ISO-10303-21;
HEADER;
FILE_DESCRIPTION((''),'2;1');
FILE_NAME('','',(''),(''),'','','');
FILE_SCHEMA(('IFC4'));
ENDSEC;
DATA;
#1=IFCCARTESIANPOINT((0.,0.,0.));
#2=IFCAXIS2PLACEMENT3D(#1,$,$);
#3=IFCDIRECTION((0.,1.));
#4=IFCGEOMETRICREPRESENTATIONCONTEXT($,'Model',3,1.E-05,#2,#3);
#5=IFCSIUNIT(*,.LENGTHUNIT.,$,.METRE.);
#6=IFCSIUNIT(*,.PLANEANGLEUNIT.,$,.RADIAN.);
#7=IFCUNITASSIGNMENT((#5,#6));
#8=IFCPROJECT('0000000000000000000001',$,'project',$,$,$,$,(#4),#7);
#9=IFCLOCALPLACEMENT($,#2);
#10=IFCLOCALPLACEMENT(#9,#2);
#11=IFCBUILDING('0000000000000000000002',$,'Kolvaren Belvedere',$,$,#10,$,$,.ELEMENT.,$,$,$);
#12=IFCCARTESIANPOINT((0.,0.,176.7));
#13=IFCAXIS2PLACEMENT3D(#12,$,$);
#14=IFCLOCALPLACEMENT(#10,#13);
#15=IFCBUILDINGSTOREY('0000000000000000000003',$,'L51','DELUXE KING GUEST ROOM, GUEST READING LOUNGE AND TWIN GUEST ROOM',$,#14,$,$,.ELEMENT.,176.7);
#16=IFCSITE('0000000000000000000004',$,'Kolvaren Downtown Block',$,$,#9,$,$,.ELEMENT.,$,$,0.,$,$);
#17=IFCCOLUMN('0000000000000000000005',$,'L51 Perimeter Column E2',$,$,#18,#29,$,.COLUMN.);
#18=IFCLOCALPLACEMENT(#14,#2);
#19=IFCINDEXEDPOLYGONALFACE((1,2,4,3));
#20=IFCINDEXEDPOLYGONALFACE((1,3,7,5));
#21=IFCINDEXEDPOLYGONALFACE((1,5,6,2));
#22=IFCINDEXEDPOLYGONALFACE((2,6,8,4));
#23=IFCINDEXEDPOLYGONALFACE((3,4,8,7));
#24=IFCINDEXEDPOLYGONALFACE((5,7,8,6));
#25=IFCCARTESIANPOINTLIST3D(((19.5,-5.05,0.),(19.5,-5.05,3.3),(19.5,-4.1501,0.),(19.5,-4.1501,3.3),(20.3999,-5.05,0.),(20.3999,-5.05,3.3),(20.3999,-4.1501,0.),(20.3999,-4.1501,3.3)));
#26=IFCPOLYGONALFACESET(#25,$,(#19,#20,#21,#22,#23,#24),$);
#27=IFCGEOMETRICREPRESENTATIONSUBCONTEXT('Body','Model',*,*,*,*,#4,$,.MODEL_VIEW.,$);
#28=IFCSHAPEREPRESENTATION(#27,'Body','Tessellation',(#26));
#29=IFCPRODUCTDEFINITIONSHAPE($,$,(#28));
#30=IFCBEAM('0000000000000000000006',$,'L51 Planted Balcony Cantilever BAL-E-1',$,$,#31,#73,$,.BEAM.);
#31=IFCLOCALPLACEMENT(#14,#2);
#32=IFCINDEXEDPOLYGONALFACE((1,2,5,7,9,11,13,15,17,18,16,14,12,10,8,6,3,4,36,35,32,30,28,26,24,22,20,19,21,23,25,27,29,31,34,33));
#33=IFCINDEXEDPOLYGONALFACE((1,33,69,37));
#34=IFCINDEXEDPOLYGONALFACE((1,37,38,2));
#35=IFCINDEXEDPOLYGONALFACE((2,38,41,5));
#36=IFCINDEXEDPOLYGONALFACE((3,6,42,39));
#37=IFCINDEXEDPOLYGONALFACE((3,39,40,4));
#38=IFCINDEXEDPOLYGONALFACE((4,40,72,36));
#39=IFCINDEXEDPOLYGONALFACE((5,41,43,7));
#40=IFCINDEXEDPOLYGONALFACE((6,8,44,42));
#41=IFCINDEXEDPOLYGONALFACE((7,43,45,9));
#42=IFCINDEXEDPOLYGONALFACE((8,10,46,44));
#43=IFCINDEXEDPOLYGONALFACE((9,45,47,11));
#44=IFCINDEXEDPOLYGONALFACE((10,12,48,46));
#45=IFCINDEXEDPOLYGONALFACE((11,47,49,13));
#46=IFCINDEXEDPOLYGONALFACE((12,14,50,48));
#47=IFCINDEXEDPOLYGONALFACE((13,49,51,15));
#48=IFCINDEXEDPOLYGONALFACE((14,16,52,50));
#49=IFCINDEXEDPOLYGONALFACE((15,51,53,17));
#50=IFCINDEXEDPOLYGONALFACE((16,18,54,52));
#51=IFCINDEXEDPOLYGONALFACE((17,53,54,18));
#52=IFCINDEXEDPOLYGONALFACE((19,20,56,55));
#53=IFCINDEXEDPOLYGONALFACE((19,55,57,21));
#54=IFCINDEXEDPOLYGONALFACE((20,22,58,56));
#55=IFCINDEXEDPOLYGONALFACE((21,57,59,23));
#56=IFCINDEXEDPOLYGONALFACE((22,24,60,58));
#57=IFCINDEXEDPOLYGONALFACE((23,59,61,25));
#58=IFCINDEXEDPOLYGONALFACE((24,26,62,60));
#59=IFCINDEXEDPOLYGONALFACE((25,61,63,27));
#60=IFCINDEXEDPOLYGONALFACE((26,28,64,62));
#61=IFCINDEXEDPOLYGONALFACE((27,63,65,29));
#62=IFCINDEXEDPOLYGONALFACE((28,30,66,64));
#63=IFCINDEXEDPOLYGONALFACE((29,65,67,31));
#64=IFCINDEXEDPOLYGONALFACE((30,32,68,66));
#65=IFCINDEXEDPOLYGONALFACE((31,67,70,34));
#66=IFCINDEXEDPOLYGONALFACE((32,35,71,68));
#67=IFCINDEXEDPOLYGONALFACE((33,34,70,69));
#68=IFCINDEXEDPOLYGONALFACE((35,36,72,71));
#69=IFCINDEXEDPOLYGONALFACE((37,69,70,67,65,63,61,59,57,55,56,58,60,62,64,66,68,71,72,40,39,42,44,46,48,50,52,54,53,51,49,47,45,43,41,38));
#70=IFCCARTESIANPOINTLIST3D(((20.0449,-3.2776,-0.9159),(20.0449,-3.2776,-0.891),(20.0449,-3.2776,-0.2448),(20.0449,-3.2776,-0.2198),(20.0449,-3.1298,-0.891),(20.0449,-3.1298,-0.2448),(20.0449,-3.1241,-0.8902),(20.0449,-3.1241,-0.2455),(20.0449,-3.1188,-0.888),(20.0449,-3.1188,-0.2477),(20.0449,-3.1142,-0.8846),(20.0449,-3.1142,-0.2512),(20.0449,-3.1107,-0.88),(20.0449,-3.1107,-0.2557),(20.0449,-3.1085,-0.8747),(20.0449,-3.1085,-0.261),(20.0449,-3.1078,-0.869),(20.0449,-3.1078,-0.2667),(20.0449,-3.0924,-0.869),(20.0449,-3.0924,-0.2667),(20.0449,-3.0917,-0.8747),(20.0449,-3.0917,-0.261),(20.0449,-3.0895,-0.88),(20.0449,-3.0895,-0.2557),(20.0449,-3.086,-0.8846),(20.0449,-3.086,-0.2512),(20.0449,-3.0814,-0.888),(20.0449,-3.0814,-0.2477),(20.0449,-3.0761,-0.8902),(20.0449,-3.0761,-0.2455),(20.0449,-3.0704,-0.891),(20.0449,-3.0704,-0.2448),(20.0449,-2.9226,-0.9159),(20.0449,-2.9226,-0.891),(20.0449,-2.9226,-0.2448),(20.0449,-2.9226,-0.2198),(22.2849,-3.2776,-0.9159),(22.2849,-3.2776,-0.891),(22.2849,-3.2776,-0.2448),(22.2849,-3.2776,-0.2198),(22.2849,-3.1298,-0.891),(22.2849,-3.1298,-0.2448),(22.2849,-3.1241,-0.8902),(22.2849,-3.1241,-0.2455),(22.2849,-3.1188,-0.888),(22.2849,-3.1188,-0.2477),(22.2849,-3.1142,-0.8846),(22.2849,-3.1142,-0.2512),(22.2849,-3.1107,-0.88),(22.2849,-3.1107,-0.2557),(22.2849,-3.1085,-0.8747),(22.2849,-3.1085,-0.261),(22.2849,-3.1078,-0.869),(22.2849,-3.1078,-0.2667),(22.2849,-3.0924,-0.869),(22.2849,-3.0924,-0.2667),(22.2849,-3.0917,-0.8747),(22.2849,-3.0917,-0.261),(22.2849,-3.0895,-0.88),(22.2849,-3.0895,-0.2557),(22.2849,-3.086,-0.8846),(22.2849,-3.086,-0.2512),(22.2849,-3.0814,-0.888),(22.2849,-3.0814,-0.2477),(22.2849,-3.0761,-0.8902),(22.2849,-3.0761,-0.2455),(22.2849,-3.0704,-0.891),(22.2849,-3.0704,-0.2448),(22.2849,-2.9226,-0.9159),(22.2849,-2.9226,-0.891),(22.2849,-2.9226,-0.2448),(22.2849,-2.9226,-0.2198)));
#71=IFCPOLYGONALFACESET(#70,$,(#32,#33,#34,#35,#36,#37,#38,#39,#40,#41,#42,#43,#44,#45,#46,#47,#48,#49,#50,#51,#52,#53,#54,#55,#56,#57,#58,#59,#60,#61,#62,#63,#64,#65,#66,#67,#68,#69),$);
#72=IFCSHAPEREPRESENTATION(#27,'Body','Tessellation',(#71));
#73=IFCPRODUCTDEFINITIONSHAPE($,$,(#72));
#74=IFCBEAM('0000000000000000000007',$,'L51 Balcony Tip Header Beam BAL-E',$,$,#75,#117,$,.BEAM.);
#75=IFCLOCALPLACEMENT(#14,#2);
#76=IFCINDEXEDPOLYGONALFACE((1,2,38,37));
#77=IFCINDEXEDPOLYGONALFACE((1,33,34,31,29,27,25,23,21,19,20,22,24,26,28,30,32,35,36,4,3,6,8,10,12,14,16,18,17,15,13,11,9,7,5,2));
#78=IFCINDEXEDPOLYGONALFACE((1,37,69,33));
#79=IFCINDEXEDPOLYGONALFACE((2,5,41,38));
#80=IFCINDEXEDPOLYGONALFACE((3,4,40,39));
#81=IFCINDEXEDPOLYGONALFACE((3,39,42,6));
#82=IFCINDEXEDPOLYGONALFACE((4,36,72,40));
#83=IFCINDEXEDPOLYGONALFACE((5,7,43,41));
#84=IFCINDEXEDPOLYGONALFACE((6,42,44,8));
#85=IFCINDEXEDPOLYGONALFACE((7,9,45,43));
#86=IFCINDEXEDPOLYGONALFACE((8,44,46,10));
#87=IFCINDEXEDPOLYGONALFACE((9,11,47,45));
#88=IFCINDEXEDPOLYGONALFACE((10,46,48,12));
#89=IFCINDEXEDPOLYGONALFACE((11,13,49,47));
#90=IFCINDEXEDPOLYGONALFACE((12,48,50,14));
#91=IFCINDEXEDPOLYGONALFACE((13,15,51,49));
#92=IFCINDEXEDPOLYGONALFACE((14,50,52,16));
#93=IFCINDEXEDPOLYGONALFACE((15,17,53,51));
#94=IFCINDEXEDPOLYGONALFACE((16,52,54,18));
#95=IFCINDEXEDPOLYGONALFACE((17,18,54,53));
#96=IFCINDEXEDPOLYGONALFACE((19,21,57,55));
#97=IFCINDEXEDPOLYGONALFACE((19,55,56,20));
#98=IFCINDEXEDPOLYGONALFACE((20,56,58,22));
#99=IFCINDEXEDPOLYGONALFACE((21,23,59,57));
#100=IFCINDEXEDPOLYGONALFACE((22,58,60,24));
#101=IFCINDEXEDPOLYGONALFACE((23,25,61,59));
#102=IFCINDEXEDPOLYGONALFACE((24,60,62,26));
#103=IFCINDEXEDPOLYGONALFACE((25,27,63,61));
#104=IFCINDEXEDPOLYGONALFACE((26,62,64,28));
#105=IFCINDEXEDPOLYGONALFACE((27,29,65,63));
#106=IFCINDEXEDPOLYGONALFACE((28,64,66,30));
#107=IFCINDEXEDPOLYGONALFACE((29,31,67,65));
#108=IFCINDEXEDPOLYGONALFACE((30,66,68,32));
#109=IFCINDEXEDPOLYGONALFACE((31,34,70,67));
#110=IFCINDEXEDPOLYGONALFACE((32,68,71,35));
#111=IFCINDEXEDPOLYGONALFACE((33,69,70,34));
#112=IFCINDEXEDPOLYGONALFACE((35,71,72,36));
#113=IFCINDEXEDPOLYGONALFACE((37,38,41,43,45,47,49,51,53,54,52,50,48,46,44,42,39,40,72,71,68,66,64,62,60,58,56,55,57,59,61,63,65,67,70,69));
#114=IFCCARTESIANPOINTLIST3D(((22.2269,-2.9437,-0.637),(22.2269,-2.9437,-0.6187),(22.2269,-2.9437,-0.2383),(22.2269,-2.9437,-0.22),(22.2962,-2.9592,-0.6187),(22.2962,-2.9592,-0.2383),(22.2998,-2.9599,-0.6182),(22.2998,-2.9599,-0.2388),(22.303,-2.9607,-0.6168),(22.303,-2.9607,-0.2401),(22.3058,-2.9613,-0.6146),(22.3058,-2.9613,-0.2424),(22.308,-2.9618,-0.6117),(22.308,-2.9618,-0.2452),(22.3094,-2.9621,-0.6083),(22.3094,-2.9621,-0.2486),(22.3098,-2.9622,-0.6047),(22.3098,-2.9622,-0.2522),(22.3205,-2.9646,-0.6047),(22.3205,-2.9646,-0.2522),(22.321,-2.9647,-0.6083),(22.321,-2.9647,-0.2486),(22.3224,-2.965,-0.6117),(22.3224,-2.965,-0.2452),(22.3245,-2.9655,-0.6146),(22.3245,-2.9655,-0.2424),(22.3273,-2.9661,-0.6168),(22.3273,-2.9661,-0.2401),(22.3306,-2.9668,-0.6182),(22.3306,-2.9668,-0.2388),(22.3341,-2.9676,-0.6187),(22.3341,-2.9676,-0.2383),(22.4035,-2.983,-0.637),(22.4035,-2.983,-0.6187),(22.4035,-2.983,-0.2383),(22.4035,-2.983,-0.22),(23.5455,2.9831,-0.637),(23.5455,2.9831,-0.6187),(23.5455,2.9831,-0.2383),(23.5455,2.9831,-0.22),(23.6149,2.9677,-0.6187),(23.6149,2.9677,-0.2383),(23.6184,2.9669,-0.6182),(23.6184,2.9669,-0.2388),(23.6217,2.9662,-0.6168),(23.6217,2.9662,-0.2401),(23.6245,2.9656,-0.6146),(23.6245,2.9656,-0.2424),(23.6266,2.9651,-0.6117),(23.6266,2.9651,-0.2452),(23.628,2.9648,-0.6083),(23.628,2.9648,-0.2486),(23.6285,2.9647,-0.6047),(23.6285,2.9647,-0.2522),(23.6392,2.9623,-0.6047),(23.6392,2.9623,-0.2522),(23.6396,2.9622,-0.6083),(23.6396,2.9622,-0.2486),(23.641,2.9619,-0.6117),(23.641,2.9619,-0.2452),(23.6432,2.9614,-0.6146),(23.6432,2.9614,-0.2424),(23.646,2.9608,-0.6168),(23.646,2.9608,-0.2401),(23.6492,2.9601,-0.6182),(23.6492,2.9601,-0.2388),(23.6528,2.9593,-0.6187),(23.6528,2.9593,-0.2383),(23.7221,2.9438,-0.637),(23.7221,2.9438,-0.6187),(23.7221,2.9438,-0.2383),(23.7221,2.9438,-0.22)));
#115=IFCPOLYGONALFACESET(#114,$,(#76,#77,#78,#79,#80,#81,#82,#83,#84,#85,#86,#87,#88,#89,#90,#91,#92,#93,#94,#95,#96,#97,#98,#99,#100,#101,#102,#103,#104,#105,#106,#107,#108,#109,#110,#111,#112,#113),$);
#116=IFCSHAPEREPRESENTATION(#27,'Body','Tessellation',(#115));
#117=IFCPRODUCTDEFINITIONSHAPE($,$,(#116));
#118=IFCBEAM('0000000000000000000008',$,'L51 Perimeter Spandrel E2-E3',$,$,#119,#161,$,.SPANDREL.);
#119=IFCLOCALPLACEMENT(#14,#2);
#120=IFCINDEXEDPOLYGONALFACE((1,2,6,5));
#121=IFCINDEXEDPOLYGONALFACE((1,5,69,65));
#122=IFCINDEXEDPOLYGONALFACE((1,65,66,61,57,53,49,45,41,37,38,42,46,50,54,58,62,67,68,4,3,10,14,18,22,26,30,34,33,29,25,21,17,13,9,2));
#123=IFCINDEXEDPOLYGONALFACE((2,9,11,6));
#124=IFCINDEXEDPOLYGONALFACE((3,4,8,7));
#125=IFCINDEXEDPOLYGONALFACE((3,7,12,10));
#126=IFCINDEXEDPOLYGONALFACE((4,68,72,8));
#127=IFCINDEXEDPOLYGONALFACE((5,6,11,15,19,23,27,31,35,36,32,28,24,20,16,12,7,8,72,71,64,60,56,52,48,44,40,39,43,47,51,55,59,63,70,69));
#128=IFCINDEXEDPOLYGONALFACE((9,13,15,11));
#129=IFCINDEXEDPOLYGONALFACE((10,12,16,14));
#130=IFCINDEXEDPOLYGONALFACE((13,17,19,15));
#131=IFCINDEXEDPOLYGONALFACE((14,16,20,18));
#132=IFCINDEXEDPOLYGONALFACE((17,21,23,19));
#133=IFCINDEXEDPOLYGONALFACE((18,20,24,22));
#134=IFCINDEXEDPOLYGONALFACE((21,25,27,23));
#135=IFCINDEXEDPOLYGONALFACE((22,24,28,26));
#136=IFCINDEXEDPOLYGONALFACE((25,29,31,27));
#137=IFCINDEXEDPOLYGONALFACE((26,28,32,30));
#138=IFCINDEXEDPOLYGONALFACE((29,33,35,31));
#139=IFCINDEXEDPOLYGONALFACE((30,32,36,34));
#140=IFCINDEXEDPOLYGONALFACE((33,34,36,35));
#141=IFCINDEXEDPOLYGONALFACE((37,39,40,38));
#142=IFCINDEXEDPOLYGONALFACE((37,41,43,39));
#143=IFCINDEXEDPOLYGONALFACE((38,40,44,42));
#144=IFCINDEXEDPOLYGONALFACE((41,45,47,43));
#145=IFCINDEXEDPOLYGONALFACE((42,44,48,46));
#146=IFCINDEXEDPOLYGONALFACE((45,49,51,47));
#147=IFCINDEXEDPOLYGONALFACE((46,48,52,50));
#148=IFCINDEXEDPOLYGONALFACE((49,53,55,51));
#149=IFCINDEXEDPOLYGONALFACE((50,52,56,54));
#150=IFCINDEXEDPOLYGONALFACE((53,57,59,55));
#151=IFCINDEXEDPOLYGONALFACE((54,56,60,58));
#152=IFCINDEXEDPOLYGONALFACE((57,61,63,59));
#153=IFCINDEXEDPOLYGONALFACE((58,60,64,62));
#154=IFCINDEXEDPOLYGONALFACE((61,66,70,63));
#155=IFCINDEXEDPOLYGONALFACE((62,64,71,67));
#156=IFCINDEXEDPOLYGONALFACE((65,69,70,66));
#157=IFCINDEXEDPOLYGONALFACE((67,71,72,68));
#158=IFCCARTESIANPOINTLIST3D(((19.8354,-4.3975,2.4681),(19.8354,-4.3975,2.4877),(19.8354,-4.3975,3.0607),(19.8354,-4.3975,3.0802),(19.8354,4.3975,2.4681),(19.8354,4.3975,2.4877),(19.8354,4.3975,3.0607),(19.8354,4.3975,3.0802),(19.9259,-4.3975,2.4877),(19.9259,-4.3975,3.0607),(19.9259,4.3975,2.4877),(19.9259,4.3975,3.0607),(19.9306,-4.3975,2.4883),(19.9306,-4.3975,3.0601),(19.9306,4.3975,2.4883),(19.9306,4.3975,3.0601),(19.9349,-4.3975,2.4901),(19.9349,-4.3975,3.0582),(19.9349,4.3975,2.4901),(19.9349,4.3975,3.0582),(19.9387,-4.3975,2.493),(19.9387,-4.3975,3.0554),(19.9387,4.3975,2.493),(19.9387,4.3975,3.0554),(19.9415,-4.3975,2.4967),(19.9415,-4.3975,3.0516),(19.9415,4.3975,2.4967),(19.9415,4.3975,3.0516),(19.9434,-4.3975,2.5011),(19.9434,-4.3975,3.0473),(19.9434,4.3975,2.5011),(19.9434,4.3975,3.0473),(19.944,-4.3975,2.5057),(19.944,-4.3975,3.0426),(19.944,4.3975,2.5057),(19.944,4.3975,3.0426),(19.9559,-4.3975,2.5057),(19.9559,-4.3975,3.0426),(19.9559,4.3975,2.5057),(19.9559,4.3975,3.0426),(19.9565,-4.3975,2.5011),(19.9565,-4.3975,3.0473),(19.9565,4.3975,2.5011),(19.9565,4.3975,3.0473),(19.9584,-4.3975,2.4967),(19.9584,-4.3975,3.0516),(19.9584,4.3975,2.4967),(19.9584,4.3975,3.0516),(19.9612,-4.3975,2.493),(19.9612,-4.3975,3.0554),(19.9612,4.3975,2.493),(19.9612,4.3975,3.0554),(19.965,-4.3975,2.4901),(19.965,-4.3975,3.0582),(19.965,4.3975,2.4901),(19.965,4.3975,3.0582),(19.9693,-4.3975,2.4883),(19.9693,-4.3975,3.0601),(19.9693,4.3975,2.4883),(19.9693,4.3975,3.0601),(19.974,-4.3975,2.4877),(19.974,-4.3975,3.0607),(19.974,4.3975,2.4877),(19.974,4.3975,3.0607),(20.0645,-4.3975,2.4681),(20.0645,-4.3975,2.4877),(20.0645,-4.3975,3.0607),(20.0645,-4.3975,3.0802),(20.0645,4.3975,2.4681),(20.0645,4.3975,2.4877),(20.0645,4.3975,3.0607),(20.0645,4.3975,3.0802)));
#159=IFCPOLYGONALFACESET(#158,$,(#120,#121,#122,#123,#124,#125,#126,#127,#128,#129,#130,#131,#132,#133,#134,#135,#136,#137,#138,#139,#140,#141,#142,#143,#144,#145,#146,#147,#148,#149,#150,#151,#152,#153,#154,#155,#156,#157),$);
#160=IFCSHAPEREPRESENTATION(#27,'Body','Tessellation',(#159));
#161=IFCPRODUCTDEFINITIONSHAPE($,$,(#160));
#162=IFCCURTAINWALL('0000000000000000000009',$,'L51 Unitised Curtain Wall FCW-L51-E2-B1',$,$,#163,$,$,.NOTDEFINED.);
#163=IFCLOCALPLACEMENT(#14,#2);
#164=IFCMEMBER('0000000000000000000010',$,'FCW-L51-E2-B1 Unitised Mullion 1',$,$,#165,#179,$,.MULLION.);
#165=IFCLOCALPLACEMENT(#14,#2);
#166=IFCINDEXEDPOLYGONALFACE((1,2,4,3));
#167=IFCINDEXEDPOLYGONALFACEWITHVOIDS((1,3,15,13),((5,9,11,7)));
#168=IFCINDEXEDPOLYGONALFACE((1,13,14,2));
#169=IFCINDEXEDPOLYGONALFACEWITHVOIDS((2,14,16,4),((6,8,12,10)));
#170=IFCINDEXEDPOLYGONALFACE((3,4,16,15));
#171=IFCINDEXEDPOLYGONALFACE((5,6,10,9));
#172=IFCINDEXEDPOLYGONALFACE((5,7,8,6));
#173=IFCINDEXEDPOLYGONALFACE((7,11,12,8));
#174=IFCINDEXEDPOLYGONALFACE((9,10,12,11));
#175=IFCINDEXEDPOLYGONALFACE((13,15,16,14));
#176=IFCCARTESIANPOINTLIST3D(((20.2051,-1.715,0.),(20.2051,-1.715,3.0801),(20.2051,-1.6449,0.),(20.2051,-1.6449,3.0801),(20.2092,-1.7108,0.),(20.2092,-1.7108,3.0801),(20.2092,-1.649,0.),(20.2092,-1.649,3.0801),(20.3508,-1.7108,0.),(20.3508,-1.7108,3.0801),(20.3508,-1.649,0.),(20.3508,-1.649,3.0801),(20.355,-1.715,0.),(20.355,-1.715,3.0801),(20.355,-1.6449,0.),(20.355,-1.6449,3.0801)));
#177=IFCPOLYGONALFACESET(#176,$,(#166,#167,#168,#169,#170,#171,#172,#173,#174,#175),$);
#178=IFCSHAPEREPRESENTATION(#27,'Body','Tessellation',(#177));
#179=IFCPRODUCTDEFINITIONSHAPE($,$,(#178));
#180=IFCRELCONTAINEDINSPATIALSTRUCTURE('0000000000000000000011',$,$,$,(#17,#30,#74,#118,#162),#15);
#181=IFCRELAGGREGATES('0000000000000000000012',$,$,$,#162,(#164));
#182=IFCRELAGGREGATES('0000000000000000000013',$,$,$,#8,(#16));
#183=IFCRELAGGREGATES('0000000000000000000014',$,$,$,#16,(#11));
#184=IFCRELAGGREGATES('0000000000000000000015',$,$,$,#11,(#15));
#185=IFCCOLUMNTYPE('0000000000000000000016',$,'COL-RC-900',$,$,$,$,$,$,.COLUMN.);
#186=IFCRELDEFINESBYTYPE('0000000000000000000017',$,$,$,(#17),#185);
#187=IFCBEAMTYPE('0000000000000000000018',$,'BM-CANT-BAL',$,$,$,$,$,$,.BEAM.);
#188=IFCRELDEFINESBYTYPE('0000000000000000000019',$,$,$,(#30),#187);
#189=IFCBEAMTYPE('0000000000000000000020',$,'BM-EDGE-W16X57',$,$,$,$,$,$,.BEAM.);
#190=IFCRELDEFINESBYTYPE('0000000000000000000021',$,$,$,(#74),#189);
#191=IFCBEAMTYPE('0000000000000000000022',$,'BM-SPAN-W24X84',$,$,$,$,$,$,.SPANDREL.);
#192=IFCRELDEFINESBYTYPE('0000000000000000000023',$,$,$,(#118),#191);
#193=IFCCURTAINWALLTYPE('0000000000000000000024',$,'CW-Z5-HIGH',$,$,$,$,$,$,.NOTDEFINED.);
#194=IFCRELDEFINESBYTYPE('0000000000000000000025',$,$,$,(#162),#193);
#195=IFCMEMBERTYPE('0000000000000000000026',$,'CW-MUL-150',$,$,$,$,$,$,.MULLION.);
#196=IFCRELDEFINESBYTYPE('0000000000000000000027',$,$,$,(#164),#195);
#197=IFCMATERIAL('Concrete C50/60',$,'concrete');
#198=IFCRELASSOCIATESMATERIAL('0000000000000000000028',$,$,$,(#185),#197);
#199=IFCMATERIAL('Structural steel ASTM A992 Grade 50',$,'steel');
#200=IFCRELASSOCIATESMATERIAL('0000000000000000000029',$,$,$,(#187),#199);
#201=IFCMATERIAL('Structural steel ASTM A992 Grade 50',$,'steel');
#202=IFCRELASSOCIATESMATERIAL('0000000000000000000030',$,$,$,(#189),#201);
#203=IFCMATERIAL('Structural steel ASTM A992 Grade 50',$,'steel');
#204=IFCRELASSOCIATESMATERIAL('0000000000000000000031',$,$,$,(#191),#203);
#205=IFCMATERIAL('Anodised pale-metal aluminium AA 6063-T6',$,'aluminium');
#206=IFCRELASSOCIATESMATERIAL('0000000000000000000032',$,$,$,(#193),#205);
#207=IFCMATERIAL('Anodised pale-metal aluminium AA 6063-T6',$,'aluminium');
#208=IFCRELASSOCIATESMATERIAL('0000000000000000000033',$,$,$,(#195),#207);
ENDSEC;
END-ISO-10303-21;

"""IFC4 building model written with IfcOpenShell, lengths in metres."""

from ifc_helpers import new_model, si_unit, direction, frame, origin, origin_2d, place, context, subcontext, project, spatial, rectangle, hollow_rectangle, i_section, extrude, material, material_profile, profile_set, type_object, element, aggregate, save


model = new_model("IFC4")

# Units and contexts
model_context = context("Model", 3, precision=1e-05, world=origin(), true_north=direction((0.0, 1.0)))
body_context = subcontext(model_context, "Body", "Model", "MODEL_VIEW")
ifc_project = project(units=[si_unit("LENGTHUNIT", "METRE"), si_unit("PLANEANGLEUNIT", "RADIAN")], contexts=[model_context])

# Site, building, storey
site_placement = place(None, origin())
site = spatial("IfcSite", under=ifc_project, at=site_placement, Name="Kolvaren Downtown Block", CompositionType="ELEMENT", RefElevation=0.0)
building_placement = place(site_placement, origin())
building = spatial("IfcBuilding", under=site, at=building_placement, Name="Kolvaren Belvedere", CompositionType="ELEMENT")
storey_placement = place(building_placement, frame((0.0, 0.0, 176.7)))
storey = spatial("IfcBuildingStorey", under=building, at=storey_placement, Name="L51", Description="DELUXE KING GUEST ROOM, GUEST READING LOUNGE AND TWIN GUEST ROOM", CompositionType="ELEMENT", Elevation=176.7)

# Column
ifc_material_1 = material(Name="Concrete C50/60", Category="concrete")
ifc_material_profile_1 = material_profile(ifc_material_1, rectangle(XDim=0.8999, YDim=0.8999, at=origin_2d()), Name="RC 900X900")
ifc_profile_set_1 = profile_set([ifc_material_profile_1], Name="Concrete C50/60")
column_type = type_object("IfcColumnType", Name="COL-RC-900", PredefinedType="COLUMN", material=ifc_profile_set_1)
column_placement = place(storey_placement, frame((19.95, -4.6001, 0.0), z_axis=(0.0, 0.0, 1.0), x_axis=(1.0, 0.0, 0.0)))
element("IfcColumn", 1, at=column_placement, inside=storey, type_object=column_type, Name="L51 Perimeter Column E2", PredefinedType="COLUMN", context=body_context, shape_type="SweptSolid", body=[
    extrude(rectangle(XDim=0.8999, YDim=0.8999, at=origin_2d()), origin(), (0.0, 0.0, 1.0), 3.3),
])

# Beams
ifc_material_2 = material(Name="Structural steel ASTM A992 Grade 50", Category="steel")
ifc_material_profile_2 = material_profile(ifc_material_2, i_section(OverallWidth=0.355, OverallDepth=0.696, WebThickness=0.0154, FlangeThickness=0.0249, FilletRadius=0.022, at=origin_2d()), Name="W27X146")
ifc_profile_set_2 = profile_set([ifc_material_profile_2], Name="Structural steel ASTM A992 Grade 50")
beam_type_1 = type_object("IfcBeamType", Name="BM-CANT-BAL", PredefinedType="BEAM", material=ifc_profile_set_2)
beam_1_placement = place(storey_placement, frame((20.0449, -3.1001, -0.5679), z_axis=(1.0, 0.0, 0.0), x_axis=(0.0, 1.0, 0.0)))
element("IfcBeam", 2, at=beam_1_placement, inside=storey, type_object=beam_type_1, Name="L51 Planted Balcony Cantilever BAL-E-1", PredefinedType="BEAM", context=body_context, shape_type="SweptSolid", body=[
    extrude(i_section(OverallWidth=0.355, OverallDepth=0.696, WebThickness=0.0154, FlangeThickness=0.0249, FilletRadius=0.022, at=origin_2d()), origin(), (0.0, 0.0, 1.0), 2.24),
])
ifc_material_3 = material(Name="Structural steel ASTM A992 Grade 50", Category="steel")
ifc_material_profile_3 = material_profile(ifc_material_3, i_section(OverallWidth=0.1809, OverallDepth=0.417, WebThickness=0.011, FlangeThickness=0.0183, FilletRadius=0.0139, at=origin_2d()), Name="W16X57")
ifc_profile_set_3 = profile_set([ifc_material_profile_3], Name="Structural steel ASTM A992 Grade 50")
beam_type_2 = type_object("IfcBeamType", Name="BM-EDGE-W16X57", PredefinedType="BEAM", material=ifc_profile_set_3)
beam_2_placement = place(storey_placement, frame((22.3152, -2.9634, -0.4285), z_axis=(0.217173, 0.976133, 0.0), x_axis=(-0.976133, 0.217173, 0.0)))
element("IfcBeam", 3, at=beam_2_placement, inside=storey, type_object=beam_type_2, Name="L51 Balcony Tip Header Beam BAL-E", PredefinedType="BEAM", context=body_context, shape_type="SweptSolid", body=[
    extrude(i_section(OverallWidth=0.1809, OverallDepth=0.417, WebThickness=0.011, FlangeThickness=0.0183, FilletRadius=0.0139, at=origin_2d()), origin(), (0.0, 0.0, 1.0), 6.0718),
])
ifc_material_4 = material(Name="Structural steel ASTM A992 Grade 50", Category="steel")
ifc_material_profile_4 = material_profile(ifc_material_4, i_section(OverallWidth=0.229, OverallDepth=0.6121, WebThickness=0.012, FlangeThickness=0.0195, FilletRadius=0.0181, at=origin_2d()), Name="W24X84")
ifc_profile_set_4 = profile_set([ifc_material_profile_4], Name="Structural steel ASTM A992 Grade 50")
beam_type_3 = type_object("IfcBeamType", Name="BM-SPAN-W24X84", PredefinedType="SPANDREL", material=ifc_profile_set_4)
beam_3_placement = place(storey_placement, frame((19.95, -4.3975, 2.7742), z_axis=(0.0, 1.0, 0.0), x_axis=(-1.0, 0.0, 0.0)))
element("IfcBeam", 4, at=beam_3_placement, inside=storey, type_object=beam_type_3, Name="L51 Perimeter Spandrel E2-E3", PredefinedType="SPANDREL", context=body_context, shape_type="SweptSolid", body=[
    extrude(i_section(OverallWidth=0.229, OverallDepth=0.6121, WebThickness=0.012, FlangeThickness=0.0195, FilletRadius=0.0181, at=origin_2d()), origin(), (0.0, 0.0, 1.0), 8.7949),
])

# Curtain wall, member
ifc_material_5 = material(Name="Anodised pale-metal aluminium AA 6063-T6", Category="aluminium")
curtain_wall_type = type_object("IfcCurtainWallType", Name="CW-Z5-HIGH", PredefinedType="NOTDEFINED", material=ifc_material_5)
curtain_wall_1_placement = place(storey_placement, origin())
curtain_wall_1 = element("IfcCurtainWall", 5, at=curtain_wall_1_placement, inside=storey, type_object=curtain_wall_type, Name="L51 Unitised Curtain Wall FCW-L51-E2-B1", PredefinedType="NOTDEFINED")
ifc_material_6 = material(Name="Anodised pale-metal aluminium AA 6063-T6", Category="aluminium")
ifc_material_profile_5 = material_profile(ifc_material_6, hollow_rectangle(XDim=0.0701, YDim=0.1499, WallThickness=0.0042, at=origin_2d()), Name="ALU-MUL-150X70")
ifc_profile_set_5 = profile_set([ifc_material_profile_5], Name="Anodised pale-metal aluminium AA 6063-T6")
member_type_1 = type_object("IfcMemberType", Name="CW-MUL-150", PredefinedType="MULLION", material=ifc_profile_set_5)
member_1_placement = place(storey_placement, frame((20.28, -1.6799, 0.0), z_axis=(0.0, 0.0, 1.0), x_axis=(0.0, 1.0, 0.0)))
member_1 = element("IfcMember", 6, at=member_1_placement, type_object=member_type_1, Name="FCW-L51-E2-B1 Unitised Mullion 1", PredefinedType="MULLION", context=body_context, shape_type="SweptSolid", body=[
    extrude(hollow_rectangle(XDim=0.0701, YDim=0.1499, WallThickness=0.0042, at=origin_2d()), origin(), (0.0, 0.0, 1.0), 3.0801),
])

aggregate(curtain_wall_1, [member_1])

save(model, "model.ifc")
